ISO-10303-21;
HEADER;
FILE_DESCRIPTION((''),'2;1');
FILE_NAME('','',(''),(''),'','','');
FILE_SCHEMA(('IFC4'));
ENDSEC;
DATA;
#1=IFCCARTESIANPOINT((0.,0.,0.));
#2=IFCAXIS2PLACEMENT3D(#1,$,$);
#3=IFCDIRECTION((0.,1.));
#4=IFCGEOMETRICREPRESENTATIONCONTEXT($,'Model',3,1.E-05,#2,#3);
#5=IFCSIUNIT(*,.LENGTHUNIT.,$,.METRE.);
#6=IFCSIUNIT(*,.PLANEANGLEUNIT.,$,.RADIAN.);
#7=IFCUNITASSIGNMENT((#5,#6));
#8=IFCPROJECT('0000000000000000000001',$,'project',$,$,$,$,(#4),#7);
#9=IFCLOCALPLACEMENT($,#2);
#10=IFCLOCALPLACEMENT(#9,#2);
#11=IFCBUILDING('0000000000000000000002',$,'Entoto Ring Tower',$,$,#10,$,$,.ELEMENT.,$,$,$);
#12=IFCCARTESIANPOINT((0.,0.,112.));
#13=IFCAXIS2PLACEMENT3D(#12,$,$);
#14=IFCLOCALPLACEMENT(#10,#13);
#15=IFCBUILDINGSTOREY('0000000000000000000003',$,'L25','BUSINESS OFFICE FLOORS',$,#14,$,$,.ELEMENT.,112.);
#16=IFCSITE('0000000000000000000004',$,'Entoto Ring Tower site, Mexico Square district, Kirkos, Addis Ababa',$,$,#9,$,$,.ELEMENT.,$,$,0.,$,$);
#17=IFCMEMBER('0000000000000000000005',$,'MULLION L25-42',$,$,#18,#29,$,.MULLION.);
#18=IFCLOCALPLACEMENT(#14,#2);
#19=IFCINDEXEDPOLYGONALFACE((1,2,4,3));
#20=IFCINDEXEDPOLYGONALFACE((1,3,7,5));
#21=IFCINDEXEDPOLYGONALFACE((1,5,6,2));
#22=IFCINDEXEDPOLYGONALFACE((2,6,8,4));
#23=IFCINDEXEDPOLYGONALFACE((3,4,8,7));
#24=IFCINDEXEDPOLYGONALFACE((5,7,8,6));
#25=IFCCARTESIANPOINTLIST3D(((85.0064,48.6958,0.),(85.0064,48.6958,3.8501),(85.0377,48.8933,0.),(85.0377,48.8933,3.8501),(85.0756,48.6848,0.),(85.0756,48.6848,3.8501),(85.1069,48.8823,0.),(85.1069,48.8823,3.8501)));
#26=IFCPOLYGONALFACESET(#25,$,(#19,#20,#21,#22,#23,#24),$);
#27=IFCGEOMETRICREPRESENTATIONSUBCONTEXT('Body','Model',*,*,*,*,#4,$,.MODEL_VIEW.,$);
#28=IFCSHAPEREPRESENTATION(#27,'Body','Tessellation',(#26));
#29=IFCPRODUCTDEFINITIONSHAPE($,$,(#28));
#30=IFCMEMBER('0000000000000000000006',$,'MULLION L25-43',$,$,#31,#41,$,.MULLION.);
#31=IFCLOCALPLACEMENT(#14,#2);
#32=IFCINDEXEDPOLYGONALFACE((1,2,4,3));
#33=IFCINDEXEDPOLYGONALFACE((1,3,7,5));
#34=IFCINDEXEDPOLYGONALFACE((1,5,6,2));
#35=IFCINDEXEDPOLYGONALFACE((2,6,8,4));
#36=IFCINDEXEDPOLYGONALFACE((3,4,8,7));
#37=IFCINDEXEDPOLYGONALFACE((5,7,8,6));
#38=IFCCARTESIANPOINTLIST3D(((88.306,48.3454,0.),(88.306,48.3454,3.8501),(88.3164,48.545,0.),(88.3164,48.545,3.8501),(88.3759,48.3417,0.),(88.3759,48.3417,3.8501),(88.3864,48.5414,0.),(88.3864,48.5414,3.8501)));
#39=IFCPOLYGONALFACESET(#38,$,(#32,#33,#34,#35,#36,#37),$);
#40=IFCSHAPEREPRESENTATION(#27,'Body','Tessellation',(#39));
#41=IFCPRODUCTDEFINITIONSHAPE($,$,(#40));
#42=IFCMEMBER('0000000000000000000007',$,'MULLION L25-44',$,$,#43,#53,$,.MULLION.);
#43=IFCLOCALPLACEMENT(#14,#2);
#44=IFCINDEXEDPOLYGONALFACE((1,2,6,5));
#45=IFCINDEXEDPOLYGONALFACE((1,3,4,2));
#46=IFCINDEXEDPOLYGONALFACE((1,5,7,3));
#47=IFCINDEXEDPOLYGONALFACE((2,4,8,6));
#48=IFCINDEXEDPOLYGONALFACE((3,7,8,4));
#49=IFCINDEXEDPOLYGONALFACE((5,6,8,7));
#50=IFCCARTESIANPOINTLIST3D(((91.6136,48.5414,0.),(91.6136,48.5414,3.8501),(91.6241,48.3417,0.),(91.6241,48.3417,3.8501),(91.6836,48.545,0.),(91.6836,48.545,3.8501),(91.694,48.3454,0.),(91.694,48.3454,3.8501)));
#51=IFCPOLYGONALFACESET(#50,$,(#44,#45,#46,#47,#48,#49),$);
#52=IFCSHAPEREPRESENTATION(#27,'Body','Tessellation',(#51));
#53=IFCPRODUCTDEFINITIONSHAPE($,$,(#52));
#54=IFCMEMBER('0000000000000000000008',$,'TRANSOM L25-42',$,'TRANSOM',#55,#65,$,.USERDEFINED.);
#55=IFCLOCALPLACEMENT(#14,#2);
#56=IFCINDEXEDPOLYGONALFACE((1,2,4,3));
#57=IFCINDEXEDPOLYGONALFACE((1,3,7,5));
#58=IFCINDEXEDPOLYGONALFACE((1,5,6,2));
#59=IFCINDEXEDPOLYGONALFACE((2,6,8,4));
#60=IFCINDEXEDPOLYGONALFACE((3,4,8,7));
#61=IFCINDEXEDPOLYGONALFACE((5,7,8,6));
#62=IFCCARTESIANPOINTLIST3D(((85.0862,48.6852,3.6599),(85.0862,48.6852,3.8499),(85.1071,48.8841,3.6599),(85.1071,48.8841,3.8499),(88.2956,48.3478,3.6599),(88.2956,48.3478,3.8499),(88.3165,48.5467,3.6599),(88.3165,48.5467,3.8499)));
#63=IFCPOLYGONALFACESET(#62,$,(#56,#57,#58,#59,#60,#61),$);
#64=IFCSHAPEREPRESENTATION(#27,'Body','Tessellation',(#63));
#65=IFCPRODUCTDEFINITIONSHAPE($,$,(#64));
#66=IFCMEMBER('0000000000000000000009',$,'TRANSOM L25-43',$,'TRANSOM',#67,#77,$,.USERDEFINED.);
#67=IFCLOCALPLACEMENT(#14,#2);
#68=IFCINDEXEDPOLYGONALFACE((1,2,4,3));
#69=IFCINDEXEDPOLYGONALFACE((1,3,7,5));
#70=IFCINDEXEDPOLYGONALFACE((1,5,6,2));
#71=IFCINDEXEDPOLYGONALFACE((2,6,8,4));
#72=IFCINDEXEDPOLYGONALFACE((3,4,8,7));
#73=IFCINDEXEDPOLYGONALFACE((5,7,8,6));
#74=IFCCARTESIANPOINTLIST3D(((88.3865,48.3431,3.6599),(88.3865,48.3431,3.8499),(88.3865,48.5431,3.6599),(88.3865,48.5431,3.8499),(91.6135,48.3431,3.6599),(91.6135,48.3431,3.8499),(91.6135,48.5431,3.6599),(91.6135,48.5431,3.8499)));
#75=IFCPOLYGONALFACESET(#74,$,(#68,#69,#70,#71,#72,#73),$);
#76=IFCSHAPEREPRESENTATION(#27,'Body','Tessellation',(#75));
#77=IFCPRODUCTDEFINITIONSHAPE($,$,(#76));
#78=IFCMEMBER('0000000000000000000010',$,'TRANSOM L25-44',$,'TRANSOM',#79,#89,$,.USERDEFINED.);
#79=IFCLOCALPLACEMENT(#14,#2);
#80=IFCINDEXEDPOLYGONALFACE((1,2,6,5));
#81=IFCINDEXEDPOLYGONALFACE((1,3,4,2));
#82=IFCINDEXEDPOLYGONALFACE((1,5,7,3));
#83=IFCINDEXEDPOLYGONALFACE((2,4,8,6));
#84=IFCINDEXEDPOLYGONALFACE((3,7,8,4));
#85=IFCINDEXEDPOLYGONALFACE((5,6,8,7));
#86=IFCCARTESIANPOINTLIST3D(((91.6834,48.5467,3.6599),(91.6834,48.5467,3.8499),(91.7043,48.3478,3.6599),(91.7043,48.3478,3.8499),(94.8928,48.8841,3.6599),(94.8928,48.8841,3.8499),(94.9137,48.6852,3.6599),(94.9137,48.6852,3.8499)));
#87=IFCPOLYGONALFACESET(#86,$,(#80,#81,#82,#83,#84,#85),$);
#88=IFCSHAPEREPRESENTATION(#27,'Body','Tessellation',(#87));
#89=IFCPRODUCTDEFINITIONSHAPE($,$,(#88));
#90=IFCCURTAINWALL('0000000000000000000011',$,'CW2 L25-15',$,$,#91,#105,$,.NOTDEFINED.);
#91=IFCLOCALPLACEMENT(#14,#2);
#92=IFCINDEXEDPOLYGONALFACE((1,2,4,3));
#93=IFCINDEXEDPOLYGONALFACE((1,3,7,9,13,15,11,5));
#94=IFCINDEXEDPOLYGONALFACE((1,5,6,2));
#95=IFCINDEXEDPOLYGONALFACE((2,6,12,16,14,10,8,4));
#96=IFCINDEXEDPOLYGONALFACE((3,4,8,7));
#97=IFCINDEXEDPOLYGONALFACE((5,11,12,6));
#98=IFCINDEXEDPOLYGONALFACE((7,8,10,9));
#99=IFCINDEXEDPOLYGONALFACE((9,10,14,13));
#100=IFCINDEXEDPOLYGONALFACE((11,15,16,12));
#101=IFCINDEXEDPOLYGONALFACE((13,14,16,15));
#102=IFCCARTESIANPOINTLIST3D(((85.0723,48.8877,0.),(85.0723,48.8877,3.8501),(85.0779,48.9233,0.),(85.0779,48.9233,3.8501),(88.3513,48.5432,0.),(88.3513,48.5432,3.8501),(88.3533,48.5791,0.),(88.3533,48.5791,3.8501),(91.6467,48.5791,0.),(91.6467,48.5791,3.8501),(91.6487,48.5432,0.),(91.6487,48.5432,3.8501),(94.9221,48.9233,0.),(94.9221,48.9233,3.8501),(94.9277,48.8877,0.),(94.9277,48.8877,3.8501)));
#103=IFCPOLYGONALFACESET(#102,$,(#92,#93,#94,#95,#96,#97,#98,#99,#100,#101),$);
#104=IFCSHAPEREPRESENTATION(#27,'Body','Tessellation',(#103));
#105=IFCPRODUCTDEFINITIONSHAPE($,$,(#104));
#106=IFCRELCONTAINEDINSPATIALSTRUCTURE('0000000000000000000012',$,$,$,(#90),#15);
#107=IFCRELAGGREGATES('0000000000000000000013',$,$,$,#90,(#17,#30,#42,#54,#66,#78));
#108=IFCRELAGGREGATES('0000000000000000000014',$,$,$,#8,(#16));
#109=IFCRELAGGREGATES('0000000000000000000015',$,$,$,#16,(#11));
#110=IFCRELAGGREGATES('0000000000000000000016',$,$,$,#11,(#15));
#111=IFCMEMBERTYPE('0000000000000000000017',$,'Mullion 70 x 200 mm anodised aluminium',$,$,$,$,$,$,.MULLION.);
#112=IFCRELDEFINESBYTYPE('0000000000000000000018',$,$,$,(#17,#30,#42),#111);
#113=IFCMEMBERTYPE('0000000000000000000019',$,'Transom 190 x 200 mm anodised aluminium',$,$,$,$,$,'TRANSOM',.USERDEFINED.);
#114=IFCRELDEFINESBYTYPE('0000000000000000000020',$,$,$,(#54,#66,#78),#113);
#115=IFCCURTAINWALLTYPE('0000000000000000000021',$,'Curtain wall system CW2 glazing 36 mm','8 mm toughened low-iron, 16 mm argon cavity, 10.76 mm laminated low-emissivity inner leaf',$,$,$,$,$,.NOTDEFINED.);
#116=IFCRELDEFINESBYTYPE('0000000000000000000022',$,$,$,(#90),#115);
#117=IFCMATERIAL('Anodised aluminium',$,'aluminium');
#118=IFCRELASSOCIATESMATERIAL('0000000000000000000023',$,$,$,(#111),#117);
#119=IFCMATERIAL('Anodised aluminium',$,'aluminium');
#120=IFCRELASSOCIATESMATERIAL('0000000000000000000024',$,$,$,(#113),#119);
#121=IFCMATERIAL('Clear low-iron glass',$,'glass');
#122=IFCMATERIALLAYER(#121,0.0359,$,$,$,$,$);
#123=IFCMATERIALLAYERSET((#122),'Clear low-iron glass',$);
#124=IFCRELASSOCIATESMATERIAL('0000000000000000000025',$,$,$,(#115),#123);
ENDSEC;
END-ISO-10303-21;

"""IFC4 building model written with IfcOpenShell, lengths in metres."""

from ifc_helpers import new_model, si_unit, direction, frame, origin, origin_2d, place, context, subcontext, project, spatial, polyline, rectangle, outline, extrude, material, layer, layer_set, material_profile, profile_set, type_object, element, aggregate, save


model = new_model("IFC4")

# Units and contexts
model_context = context("Model", 3, precision=1e-05, world=origin(), true_north=direction((0.0, 1.0)))
body_context = subcontext(model_context, "Body", "Model", "MODEL_VIEW")
ifc_project = project(units=[si_unit("LENGTHUNIT", "METRE"), si_unit("PLANEANGLEUNIT", "RADIAN")], contexts=[model_context])

# Members
ifc_material_1 = material(Name="Anodised aluminium", Category="aluminium")
ifc_material_profile_1 = material_profile(ifc_material_1, rectangle(XDim=0.0701, YDim=0.2, at=origin_2d()), Name="Mullion 70 x 200 mm anodised aluminium")
ifc_profile_set_1 = profile_set([ifc_material_profile_1], Name="Anodised aluminium")
member_type_1 = type_object("IfcMemberType", Name="Mullion 70 x 200 mm anodised aluminium", PredefinedType="MULLION", material=ifc_profile_set_1)
site_placement = place(None, origin())
building_placement = place(site_placement, origin())
storey_placement = place(building_placement, frame((0.0, 0.0, 112.0)))
member_1_placement = place(storey_placement, frame((85.0566, 48.7891, 0.0), z_axis=(0.0, 0.0, 1.0), x_axis=(0.987688, -0.156434, 0.0)))
member_1 = element("IfcMember", 1, at=member_1_placement, type_object=member_type_1, Name="MULLION L25-42", PredefinedType="MULLION", context=body_context, shape_type="SweptSolid", body=[
    extrude(rectangle(XDim=0.0701, YDim=0.2, at=origin_2d()), origin(), (0.0, 0.0, 1.0), 3.8501),
])
member_2_placement = place(storey_placement, frame((88.3462, 48.4434, 0.0), z_axis=(0.0, 0.0, 1.0), x_axis=(0.99863, -0.052336, 0.0)))
member_2 = element("IfcMember", 2, at=member_2_placement, type_object=member_type_1, Name="MULLION L25-43", PredefinedType="MULLION", context=body_context, shape_type="SweptSolid", body=[
    extrude(rectangle(XDim=0.0701, YDim=0.2, at=origin_2d()), origin(), (0.0, 0.0, 1.0), 3.8501),
])
member_3_placement = place(storey_placement, frame((91.6538, 48.4434, 0.0), z_axis=(0.0, 0.0, 1.0), x_axis=(0.99863, 0.052336, 0.0)))
member_3 = element("IfcMember", 3, at=member_3_placement, type_object=member_type_1, Name="MULLION L25-44", PredefinedType="MULLION", context=body_context, shape_type="SweptSolid", body=[
    extrude(rectangle(XDim=0.0701, YDim=0.2, at=origin_2d()), origin(), (0.0, 0.0, 1.0), 3.8501),
])
ifc_material_2 = material(Name="Anodised aluminium", Category="aluminium")
ifc_material_profile_2 = material_profile(ifc_material_2, rectangle(XDim=0.2, YDim=0.1899, at=origin_2d()), Name="Transom 190 x 200 mm anodised aluminium")
ifc_profile_set_2 = profile_set([ifc_material_profile_2], Name="Anodised aluminium")
member_type_2 = type_object("IfcMemberType", Name="Transom 190 x 200 mm anodised aluminium", ElementType="TRANSOM", PredefinedType="USERDEFINED", material=ifc_profile_set_2)
member_4_placement = place(storey_placement, frame((85.0967, 48.7847, 3.7549), z_axis=(0.99452, -0.104551, 0.0), x_axis=(0.104551, 0.99452, 0.0)))
member_4 = element("IfcMember", 4, at=member_4_placement, type_object=member_type_2, Name="TRANSOM L25-42", ObjectType="TRANSOM", PredefinedType="USERDEFINED", context=body_context, shape_type="SweptSolid", body=[
    extrude(rectangle(XDim=0.2, YDim=0.1899, at=origin_2d()), origin(), (0.0, 0.0, 1.0), 3.2271),
])
member_5_placement = place(storey_placement, frame((88.3865, 48.4431, 3.7549), z_axis=(1.0, 0.0, 0.0), x_axis=(0.0, 1.0, 0.0)))
member_5 = element("IfcMember", 5, at=member_5_placement, type_object=member_type_2, Name="TRANSOM L25-43", ObjectType="TRANSOM", PredefinedType="USERDEFINED", context=body_context, shape_type="SweptSolid", body=[
    extrude(rectangle(XDim=0.2, YDim=0.1899, at=origin_2d()), origin(), (0.0, 0.0, 1.0), 3.2271),
])
member_6_placement = place(storey_placement, frame((91.6938, 48.4473, 3.7549), z_axis=(0.99452, 0.104551, 0.0), x_axis=(-0.104551, 0.99452, 0.0)))
member_6 = element("IfcMember", 6, at=member_6_placement, type_object=member_type_2, Name="TRANSOM L25-44", ObjectType="TRANSOM", PredefinedType="USERDEFINED", context=body_context, shape_type="SweptSolid", body=[
    extrude(rectangle(XDim=0.2, YDim=0.1899, at=origin_2d()), origin(), (0.0, 0.0, 1.0), 3.2271),
])

# Site, building, storey
site = spatial("IfcSite", under=ifc_project, at=site_placement, Name="Entoto Ring Tower site, Mexico Square district, Kirkos, Addis Ababa", CompositionType="ELEMENT", RefElevation=0.0)
building = spatial("IfcBuilding", under=site, at=building_placement, Name="Entoto Ring Tower", CompositionType="ELEMENT")
storey = spatial("IfcBuildingStorey", under=building, at=storey_placement, Name="L25", Description="BUSINESS OFFICE FLOORS", CompositionType="ELEMENT", Elevation=112.0)

# Curtain wall
ifc_material_3 = material(Name="Clear low-iron glass", Category="glass")
ifc_layer = layer(ifc_material_3, 0.0359)
ifc_layer_set = layer_set([ifc_layer], Name="Clear low-iron glass")
curtain_wall_type = type_object("IfcCurtainWallType", Name="Curtain wall system CW2 glazing 36 mm", Description="8 mm toughened low-iron, 16 mm argon cavity, 10.76 mm laminated low-emissivity inner leaf", PredefinedType="NOTDEFINED", material=ifc_layer_set)
curtain_wall_1_placement = place(storey_placement, origin())
curtain_wall_1 = element("IfcCurtainWall", 7, at=curtain_wall_1_placement, inside=storey, type_object=curtain_wall_type, Name="CW2 L25-15", PredefinedType="NOTDEFINED", context=body_context, shape_type="SweptSolid", body=[
    extrude(outline(polyline([(85.0723, 48.8877), (88.3513, 48.5432), (91.6487, 48.5432), (94.9277, 48.8877), (94.9221, 48.9233), (91.6467, 48.5791), (88.3533, 48.5791), (85.0779, 48.9233), (85.0723, 48.8877)])), origin(), (0.0, 0.0, 1.0), 3.8501),
])
aggregate(curtain_wall_1, [member_1, member_2, member_3, member_4, member_5, member_6])

save(model, "model.ifc")
